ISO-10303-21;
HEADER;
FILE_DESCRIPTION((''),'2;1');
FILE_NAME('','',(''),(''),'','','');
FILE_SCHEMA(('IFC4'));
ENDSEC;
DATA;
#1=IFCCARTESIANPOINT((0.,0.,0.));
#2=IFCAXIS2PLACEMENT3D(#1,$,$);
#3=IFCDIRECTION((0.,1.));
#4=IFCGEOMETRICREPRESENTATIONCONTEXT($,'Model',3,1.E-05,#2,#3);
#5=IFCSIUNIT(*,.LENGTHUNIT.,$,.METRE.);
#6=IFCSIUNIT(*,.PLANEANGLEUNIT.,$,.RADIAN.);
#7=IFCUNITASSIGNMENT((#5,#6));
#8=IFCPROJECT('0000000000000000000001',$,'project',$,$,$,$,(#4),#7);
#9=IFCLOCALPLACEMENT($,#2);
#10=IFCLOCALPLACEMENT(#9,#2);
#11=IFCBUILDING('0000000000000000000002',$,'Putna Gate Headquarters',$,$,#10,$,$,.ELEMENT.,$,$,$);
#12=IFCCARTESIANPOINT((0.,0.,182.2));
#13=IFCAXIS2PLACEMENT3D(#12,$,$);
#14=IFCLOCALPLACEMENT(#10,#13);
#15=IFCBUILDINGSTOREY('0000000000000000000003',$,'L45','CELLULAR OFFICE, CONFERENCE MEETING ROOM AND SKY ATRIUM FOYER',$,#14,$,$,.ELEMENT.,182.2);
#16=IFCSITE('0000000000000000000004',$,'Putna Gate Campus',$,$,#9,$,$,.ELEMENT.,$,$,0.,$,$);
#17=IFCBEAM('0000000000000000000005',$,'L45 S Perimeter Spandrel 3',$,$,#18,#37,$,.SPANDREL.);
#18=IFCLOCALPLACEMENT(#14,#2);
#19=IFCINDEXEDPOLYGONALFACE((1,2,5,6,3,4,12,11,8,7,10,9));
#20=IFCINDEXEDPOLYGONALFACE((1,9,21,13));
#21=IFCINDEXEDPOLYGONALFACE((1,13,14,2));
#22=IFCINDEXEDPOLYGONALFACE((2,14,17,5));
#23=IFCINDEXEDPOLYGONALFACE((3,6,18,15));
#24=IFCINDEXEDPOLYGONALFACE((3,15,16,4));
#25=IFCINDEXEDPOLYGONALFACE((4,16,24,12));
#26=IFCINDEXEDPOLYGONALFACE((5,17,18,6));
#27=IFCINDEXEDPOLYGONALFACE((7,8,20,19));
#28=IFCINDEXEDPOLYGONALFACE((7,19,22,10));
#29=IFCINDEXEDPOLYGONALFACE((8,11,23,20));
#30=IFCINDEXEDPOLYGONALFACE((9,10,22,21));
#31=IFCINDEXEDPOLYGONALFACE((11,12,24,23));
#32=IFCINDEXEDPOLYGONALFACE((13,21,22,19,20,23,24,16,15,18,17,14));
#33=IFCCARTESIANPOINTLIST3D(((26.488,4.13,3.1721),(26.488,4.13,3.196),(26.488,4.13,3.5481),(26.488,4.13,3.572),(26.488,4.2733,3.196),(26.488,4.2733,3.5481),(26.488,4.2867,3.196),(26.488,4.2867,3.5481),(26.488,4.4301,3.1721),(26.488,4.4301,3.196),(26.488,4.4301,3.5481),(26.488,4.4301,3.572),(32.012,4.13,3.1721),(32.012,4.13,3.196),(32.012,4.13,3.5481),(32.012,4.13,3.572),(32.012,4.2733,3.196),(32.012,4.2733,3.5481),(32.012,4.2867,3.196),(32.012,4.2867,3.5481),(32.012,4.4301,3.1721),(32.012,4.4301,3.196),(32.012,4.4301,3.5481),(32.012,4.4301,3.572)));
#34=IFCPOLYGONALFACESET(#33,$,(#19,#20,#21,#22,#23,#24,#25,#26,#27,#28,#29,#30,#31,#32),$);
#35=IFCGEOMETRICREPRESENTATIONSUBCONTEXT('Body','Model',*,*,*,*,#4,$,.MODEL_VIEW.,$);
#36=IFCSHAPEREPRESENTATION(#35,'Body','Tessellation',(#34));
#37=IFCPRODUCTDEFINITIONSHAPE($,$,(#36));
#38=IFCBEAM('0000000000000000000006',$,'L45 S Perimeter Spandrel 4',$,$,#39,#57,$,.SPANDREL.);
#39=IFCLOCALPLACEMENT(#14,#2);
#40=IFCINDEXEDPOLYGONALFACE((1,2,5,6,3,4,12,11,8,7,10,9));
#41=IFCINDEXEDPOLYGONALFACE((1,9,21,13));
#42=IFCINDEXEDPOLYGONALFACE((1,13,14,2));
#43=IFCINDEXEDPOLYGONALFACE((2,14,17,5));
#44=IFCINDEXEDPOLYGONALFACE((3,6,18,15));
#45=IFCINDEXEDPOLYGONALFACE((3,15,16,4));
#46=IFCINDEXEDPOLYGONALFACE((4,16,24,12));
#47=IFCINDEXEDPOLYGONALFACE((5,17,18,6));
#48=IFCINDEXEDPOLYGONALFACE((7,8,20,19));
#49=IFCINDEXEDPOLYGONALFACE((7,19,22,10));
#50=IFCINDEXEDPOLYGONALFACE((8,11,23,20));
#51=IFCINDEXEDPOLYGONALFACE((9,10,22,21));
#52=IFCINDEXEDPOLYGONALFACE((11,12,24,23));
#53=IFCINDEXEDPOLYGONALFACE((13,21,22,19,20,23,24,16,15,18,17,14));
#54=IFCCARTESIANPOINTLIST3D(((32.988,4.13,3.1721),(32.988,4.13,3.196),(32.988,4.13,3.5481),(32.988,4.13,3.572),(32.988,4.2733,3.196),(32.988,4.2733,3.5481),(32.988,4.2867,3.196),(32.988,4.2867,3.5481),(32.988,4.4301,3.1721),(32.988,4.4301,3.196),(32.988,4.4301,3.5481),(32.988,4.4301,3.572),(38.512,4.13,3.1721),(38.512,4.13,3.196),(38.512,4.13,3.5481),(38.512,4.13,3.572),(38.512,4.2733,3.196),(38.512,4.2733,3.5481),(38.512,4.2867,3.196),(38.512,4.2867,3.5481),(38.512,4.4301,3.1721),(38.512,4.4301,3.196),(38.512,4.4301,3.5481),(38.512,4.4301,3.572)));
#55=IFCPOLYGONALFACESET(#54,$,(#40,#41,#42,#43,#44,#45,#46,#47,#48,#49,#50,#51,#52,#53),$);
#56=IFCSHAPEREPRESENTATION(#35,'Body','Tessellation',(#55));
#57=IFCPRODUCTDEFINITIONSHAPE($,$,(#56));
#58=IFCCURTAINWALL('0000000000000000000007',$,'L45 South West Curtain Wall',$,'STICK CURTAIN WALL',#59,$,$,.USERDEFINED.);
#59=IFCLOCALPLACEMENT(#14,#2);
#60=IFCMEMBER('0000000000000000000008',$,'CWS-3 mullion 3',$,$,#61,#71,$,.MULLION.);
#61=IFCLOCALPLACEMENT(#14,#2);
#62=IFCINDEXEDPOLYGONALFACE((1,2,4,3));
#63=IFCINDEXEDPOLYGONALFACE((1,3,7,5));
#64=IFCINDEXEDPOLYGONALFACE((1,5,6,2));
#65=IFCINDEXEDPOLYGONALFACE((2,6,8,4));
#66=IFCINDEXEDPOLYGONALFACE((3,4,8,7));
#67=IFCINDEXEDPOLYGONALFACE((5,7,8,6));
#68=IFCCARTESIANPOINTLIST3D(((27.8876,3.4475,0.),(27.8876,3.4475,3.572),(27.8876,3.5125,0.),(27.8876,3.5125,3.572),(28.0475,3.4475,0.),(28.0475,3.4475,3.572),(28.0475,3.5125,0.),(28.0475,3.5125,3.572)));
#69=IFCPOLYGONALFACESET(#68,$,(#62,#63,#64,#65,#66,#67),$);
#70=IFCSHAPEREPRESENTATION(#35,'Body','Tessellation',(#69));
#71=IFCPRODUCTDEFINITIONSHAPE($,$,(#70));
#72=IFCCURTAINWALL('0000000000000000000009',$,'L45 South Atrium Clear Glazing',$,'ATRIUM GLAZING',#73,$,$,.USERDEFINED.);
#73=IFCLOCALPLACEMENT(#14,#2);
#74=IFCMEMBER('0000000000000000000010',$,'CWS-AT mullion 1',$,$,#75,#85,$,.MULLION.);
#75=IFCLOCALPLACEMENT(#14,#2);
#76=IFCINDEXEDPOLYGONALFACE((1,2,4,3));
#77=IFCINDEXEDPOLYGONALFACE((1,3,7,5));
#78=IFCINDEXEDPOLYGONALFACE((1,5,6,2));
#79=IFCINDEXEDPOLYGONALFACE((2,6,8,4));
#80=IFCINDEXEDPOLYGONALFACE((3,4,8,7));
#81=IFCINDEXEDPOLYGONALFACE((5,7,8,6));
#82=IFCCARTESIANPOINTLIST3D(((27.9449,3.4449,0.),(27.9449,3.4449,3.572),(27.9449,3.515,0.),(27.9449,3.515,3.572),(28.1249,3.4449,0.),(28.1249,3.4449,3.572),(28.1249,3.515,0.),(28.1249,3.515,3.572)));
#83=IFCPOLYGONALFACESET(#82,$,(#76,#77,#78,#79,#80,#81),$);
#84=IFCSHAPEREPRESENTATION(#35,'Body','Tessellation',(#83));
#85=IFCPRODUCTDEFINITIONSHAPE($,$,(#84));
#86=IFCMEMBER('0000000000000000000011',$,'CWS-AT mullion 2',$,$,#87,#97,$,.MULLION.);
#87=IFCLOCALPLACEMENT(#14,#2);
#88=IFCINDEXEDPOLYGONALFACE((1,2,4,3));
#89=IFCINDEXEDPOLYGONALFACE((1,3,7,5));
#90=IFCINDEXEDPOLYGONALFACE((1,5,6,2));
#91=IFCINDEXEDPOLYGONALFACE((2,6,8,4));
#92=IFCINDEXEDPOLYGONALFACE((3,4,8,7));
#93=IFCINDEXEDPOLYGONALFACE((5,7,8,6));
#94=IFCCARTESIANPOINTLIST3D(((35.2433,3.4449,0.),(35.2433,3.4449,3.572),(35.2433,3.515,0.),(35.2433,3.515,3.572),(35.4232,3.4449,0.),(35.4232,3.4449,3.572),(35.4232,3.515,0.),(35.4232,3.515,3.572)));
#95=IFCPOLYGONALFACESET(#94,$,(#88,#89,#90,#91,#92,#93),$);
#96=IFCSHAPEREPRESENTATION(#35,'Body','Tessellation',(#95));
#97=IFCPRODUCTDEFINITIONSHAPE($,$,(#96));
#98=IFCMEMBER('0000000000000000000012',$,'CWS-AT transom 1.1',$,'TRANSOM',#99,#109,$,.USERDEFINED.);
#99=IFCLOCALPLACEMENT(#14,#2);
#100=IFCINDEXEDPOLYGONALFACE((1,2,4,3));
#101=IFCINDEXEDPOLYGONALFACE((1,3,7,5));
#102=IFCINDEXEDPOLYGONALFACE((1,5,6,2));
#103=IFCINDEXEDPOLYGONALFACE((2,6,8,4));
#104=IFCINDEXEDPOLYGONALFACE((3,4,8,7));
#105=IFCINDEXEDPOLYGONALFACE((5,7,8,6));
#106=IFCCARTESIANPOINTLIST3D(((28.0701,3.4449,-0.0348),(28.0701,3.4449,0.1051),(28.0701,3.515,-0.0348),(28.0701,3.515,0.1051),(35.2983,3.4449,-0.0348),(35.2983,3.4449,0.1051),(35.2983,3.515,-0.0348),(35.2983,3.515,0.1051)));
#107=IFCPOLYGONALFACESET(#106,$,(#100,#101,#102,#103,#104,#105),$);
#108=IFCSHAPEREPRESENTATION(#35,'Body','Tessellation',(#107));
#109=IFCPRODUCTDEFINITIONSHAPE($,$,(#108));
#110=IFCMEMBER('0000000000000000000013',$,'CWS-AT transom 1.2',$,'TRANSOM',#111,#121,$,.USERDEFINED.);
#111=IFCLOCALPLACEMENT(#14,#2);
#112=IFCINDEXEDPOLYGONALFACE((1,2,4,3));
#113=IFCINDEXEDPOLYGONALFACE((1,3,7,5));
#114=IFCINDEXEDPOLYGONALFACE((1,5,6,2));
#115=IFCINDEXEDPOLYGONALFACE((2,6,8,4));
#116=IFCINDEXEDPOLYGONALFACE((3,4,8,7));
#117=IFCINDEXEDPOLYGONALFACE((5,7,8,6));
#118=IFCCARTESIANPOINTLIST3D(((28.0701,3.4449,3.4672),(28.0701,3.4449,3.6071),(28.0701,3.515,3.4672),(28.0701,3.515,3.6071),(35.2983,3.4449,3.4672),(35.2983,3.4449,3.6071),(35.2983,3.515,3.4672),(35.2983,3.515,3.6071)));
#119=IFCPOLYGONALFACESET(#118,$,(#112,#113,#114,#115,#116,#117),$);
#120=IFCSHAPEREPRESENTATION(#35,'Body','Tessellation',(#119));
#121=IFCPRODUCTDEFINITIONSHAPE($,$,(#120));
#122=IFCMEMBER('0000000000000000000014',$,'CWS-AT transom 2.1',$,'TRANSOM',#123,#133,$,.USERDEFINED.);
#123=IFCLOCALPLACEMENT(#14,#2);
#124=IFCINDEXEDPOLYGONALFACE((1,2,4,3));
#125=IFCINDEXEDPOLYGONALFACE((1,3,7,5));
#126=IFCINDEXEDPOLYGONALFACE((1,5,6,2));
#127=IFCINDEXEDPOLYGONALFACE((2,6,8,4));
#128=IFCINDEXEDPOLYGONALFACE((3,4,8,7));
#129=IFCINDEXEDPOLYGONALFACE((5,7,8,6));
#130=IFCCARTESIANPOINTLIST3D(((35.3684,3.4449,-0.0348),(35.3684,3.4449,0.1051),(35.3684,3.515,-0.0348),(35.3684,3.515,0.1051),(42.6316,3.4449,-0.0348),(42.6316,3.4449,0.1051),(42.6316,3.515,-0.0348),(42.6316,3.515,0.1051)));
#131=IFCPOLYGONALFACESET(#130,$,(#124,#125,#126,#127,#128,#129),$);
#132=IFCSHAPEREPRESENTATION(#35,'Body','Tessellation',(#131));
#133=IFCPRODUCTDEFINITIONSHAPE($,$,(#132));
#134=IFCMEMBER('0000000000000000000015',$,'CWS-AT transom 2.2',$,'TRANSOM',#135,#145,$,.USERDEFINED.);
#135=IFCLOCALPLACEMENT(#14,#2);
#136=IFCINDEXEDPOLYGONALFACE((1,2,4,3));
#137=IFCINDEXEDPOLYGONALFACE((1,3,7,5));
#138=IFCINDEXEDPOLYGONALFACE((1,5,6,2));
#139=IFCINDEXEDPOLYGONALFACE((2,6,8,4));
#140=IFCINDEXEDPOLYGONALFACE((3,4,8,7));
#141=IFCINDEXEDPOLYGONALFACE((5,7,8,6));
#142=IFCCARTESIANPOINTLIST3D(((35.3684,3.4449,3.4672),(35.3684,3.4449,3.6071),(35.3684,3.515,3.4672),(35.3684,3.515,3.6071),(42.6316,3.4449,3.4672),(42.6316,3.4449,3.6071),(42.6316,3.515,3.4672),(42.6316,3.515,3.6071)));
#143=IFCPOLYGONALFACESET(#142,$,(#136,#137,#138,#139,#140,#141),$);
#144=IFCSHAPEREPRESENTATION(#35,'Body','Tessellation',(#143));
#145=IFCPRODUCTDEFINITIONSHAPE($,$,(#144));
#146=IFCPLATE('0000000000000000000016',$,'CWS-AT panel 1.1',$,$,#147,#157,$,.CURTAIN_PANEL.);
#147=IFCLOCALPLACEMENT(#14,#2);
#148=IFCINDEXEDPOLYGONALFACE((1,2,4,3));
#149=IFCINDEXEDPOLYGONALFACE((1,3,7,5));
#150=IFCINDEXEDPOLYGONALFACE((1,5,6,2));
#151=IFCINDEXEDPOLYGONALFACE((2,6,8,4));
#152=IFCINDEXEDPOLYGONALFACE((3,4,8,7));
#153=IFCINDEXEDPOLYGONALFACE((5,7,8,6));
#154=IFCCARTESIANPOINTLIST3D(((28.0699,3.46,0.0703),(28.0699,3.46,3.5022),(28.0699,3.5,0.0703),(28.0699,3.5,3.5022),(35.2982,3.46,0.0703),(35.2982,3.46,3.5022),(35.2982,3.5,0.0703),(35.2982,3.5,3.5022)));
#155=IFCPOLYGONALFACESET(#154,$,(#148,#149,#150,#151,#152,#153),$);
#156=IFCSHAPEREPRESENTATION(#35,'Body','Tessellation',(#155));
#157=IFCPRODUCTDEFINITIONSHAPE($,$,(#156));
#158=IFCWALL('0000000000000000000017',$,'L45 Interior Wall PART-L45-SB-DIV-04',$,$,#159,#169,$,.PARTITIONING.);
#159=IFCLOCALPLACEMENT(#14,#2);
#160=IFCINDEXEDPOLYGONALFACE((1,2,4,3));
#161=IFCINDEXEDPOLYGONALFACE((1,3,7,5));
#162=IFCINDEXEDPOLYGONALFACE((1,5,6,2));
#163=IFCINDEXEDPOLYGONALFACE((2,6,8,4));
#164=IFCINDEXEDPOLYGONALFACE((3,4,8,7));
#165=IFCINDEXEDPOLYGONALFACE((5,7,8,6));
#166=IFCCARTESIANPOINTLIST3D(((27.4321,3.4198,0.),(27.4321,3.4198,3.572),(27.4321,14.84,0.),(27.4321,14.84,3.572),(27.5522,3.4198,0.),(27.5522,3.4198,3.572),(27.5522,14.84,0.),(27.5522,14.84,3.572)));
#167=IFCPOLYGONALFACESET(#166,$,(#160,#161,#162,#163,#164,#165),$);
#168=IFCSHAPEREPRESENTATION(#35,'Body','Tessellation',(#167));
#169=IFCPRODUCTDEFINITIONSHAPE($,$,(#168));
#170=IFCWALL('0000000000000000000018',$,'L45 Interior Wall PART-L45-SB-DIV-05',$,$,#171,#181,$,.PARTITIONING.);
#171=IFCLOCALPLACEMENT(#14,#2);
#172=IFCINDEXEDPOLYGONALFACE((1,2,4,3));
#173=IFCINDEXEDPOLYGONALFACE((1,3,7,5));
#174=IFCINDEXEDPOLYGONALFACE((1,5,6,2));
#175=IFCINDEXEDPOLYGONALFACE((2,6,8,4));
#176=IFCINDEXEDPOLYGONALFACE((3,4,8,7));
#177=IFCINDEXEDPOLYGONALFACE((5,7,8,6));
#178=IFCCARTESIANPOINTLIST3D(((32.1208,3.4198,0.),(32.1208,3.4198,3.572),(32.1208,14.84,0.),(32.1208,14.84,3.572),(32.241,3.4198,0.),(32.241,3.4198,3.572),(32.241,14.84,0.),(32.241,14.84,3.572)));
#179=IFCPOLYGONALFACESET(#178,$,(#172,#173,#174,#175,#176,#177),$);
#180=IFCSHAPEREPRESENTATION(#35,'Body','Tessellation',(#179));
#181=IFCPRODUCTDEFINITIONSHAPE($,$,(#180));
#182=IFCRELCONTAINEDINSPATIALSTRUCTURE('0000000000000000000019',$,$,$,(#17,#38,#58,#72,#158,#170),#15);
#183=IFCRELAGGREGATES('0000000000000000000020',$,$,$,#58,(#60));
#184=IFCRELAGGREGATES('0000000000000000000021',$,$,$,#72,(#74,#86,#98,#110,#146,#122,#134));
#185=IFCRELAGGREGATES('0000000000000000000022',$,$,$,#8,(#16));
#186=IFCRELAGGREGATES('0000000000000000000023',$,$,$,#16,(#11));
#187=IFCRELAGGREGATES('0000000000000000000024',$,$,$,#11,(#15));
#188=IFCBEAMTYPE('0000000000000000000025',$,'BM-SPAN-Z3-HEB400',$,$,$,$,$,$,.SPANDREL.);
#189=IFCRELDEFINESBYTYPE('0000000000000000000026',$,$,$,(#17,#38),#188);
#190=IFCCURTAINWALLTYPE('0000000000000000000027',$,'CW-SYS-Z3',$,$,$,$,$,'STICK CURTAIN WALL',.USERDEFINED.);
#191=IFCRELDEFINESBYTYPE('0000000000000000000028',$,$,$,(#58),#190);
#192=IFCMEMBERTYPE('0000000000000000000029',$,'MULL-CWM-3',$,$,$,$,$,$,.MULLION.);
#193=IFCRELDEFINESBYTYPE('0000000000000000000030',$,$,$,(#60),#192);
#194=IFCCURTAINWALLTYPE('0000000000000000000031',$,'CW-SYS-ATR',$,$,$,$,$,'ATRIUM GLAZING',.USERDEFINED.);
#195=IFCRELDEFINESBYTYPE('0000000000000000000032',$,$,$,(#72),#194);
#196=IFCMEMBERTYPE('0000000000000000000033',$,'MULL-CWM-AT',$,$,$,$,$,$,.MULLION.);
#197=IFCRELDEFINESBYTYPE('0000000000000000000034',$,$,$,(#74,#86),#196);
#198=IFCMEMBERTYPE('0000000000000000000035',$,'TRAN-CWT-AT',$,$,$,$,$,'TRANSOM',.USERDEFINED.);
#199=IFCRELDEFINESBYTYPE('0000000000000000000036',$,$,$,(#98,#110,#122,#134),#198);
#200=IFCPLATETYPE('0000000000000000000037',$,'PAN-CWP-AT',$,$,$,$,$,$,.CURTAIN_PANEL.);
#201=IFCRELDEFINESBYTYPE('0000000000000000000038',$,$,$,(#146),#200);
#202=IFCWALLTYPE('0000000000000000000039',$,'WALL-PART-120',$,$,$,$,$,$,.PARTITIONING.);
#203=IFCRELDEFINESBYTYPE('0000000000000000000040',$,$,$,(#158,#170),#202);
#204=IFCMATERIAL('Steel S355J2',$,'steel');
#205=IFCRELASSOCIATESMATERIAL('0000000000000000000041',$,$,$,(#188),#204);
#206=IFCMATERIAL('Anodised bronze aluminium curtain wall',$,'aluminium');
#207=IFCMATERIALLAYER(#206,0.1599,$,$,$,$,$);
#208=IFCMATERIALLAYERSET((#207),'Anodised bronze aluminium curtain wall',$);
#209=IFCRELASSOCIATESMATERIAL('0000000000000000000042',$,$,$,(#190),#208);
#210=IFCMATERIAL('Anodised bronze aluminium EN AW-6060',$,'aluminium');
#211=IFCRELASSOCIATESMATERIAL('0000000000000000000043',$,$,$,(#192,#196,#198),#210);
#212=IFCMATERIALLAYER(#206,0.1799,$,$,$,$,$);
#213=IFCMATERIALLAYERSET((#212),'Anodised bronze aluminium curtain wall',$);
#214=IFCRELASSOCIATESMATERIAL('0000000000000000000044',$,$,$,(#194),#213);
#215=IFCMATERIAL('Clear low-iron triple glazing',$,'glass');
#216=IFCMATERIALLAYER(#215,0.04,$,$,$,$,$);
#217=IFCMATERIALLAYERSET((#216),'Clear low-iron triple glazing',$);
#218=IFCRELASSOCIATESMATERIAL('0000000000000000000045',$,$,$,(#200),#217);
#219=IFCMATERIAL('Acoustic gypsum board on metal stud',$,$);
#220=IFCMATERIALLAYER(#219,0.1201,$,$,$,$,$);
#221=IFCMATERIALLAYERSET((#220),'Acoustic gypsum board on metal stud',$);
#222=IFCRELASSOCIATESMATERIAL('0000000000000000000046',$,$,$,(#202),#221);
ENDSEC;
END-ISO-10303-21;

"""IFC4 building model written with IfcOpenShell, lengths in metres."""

from ifc_helpers import new_model, si_unit, direction, frame, frame_2d, origin, origin_2d, place, context, subcontext, project, spatial, rectangle, i_section, extrude, material, layer, layer_set, material_profile, profile_set, type_object, element, aggregate, save


model = new_model("IFC4")

# Units and contexts
model_context = context("Model", 3, precision=1e-05, world=origin(), true_north=direction((0.0, 1.0)))
body_context = subcontext(model_context, "Body", "Model", "MODEL_VIEW")
ifc_project = project(units=[si_unit("LENGTHUNIT", "METRE"), si_unit("PLANEANGLEUNIT", "RADIAN")], contexts=[model_context])

# Site, building, storey
site_placement = place(None, origin())
site = spatial("IfcSite", under=ifc_project, at=site_placement, Name="Putna Gate Campus", CompositionType="ELEMENT", RefElevation=0.0)
building_placement = place(site_placement, origin())
building = spatial("IfcBuilding", under=site, at=building_placement, Name="Putna Gate Headquarters", CompositionType="ELEMENT")
storey_placement = place(building_placement, frame((0.0, 0.0, 182.2)))
storey = spatial("IfcBuildingStorey", under=building, at=storey_placement, Name="L45", Description="CELLULAR OFFICE, CONFERENCE MEETING ROOM AND SKY ATRIUM FOYER", CompositionType="ELEMENT", Elevation=182.2)

# Beams
ifc_material_1 = material(Name="Steel S355J2", Category="steel")
ifc_material_profile_1 = material_profile(ifc_material_1, i_section(OverallWidth=0.3, OverallDepth=0.3999, WebThickness=0.0134, FlangeThickness=0.0239, at=origin_2d()), Name="Steel S355J2")
ifc_profile_set_1 = profile_set([ifc_material_profile_1], Name="Steel S355J2")
beam_type_1 = type_object("IfcBeamType", Name="BM-SPAN-Z3-HEB400", PredefinedType="SPANDREL", material=ifc_profile_set_1)
for number, where, z_axis, x_axis, name in (
    (1, (26.488, 4.28, 3.3721), (1.0, 0.0, 0.0), (0.0, 1.0, 0.0), "L45 S Perimeter Spandrel 3"),
    (2, (32.988, 4.28, 3.3721), (1.0, 0.0, 0.0), (0.0, 1.0, 0.0), "L45 S Perimeter Spandrel 4"),
):
    element("IfcBeam", number, at=place(storey_placement, frame(where, z_axis=z_axis, x_axis=x_axis)), inside=storey, type_object=beam_type_1, Name=name, PredefinedType="SPANDREL", context=body_context, shape_type="SweptSolid", body=[
        extrude(i_section(OverallWidth=0.3, OverallDepth=0.3999, WebThickness=0.0134, FlangeThickness=0.0239, at=origin_2d()), origin(), (0.0, 0.0, 1.0), 5.5239),
    ])

# Curtain wall, member
ifc_material_2 = material(Name="Anodised bronze aluminium curtain wall", Category="aluminium")
ifc_layer_1 = layer(ifc_material_2, 0.1599)
ifc_layer_set_1 = layer_set([ifc_layer_1], Name="Anodised bronze aluminium curtain wall")
curtain_wall_type_1 = type_object("IfcCurtainWallType", Name="CW-SYS-Z3", ElementType="STICK CURTAIN WALL", PredefinedType="USERDEFINED", material=ifc_layer_set_1)
curtain_wall_1_placement = place(storey_placement, origin())
curtain_wall_1 = element("IfcCurtainWall", 3, at=curtain_wall_1_placement, inside=storey, type_object=curtain_wall_type_1, Name="L45 South West Curtain Wall", ObjectType="STICK CURTAIN WALL", PredefinedType="USERDEFINED")
ifc_material_3 = material(Name="Anodised bronze aluminium EN AW-6060", Category="aluminium")
ifc_material_profile_2 = material_profile(ifc_material_3, rectangle(XDim=0.0649, YDim=0.1599, at=origin_2d()), Name="Anodised bronze aluminium EN AW-6060")
ifc_profile_set_2 = profile_set([ifc_material_profile_2], Name="Anodised bronze aluminium EN AW-6060")
member_type_1 = type_object("IfcMemberType", Name="MULL-CWM-3", PredefinedType="MULLION", material=ifc_profile_set_2)
member_1_placement = place(storey_placement, frame((27.9675, 3.48, 0.0), z_axis=(0.0, 0.0, 1.0), x_axis=(0.0, 1.0, 0.0)))
member_1 = element("IfcMember", 4, at=member_1_placement, type_object=member_type_1, Name="CWS-3 mullion 3", PredefinedType="MULLION", context=body_context, shape_type="SweptSolid", body=[
    extrude(rectangle(XDim=0.0649, YDim=0.1599, at=origin_2d()), origin(), (0.0, 0.0, 1.0), 3.572),
])
aggregate(curtain_wall_1, [member_1])

# Curtain wall, members, plate
ifc_layer_2 = layer(ifc_material_2, 0.1799)
ifc_layer_set_2 = layer_set([ifc_layer_2], Name="Anodised bronze aluminium curtain wall")
curtain_wall_type_2 = type_object("IfcCurtainWallType", Name="CW-SYS-ATR", ElementType="ATRIUM GLAZING", PredefinedType="USERDEFINED", material=ifc_layer_set_2)
curtain_wall_2_placement = place(storey_placement, origin())
curtain_wall_2 = element("IfcCurtainWall", 5, at=curtain_wall_2_placement, inside=storey, type_object=curtain_wall_type_2, Name="L45 South Atrium Clear Glazing", ObjectType="ATRIUM GLAZING", PredefinedType="USERDEFINED")
ifc_material_profile_3 = material_profile(ifc_material_3, rectangle(XDim=0.0701, YDim=0.1799, at=origin_2d()), Name="Anodised bronze aluminium EN AW-6060")
ifc_profile_set_3 = profile_set([ifc_material_profile_3], Name="Anodised bronze aluminium EN AW-6060")
member_type_2 = type_object("IfcMemberType", Name="MULL-CWM-AT", PredefinedType="MULLION", material=ifc_profile_set_3)
member_2_placement = place(storey_placement, frame((28.0349, 3.48, 0.0), z_axis=(0.0, 0.0, 1.0), x_axis=(0.0, 1.0, 0.0)))
member_2 = element("IfcMember", 6, at=member_2_placement, type_object=member_type_2, Name="CWS-AT mullion 1", PredefinedType="MULLION", context=body_context, shape_type="SweptSolid", body=[
    extrude(rectangle(XDim=0.0701, YDim=0.1799, at=origin_2d()), origin(), (0.0, 0.0, 1.0), 3.572),
])
member_3_placement = place(storey_placement, frame((35.3333, 3.48, 0.0), z_axis=(0.0, 0.0, 1.0), x_axis=(0.0, 1.0, 0.0)))
member_3 = element("IfcMember", 7, at=member_3_placement, type_object=member_type_2, Name="CWS-AT mullion 2", PredefinedType="MULLION", context=body_context, shape_type="SweptSolid", body=[
    extrude(rectangle(XDim=0.0701, YDim=0.1799, at=origin_2d()), origin(), (0.0, 0.0, 1.0), 3.572),
])
ifc_material_profile_4 = material_profile(ifc_material_3, rectangle(XDim=0.0701, YDim=0.1399, at=origin_2d()), Name="Anodised bronze aluminium EN AW-6060")
ifc_profile_set_4 = profile_set([ifc_material_profile_4], Name="Anodised bronze aluminium EN AW-6060")
member_type_3 = type_object("IfcMemberType", Name="TRAN-CWT-AT", ElementType="TRANSOM", PredefinedType="USERDEFINED", material=ifc_profile_set_4)
member_4_placement = place(storey_placement, frame((28.0701, 3.48, 0.0352), z_axis=(1.0, 0.0, 0.0), x_axis=(0.0, 1.0, 0.0)))
member_4 = element("IfcMember", 8, at=member_4_placement, type_object=member_type_3, Name="CWS-AT transom 1.1", ObjectType="TRANSOM", PredefinedType="USERDEFINED", context=body_context, shape_type="SweptSolid", body=[
    extrude(rectangle(XDim=0.0701, YDim=0.1399, at=origin_2d()), origin(), (0.0, 0.0, 1.0), 7.2283),
])
member_5_placement = place(storey_placement, frame((28.0701, 3.48, 3.5371), z_axis=(1.0, 0.0, 0.0), x_axis=(0.0, 1.0, 0.0)))
member_5 = element("IfcMember", 9, at=member_5_placement, type_object=member_type_3, Name="CWS-AT transom 1.2", ObjectType="TRANSOM", PredefinedType="USERDEFINED", context=body_context, shape_type="SweptSolid", body=[
    extrude(rectangle(XDim=0.0701, YDim=0.1399, at=origin_2d()), origin(), (0.0, 0.0, 1.0), 7.2283),
])
member_6_placement = place(storey_placement, frame((35.3684, 3.48, 0.0352), z_axis=(1.0, 0.0, 0.0), x_axis=(0.0, 1.0, 0.0)))
member_6 = element("IfcMember", 10, at=member_6_placement, type_object=member_type_3, Name="CWS-AT transom 2.1", ObjectType="TRANSOM", PredefinedType="USERDEFINED", context=body_context, shape_type="SweptSolid", body=[
    extrude(rectangle(XDim=0.0701, YDim=0.1399, at=origin_2d()), origin(), (0.0, 0.0, 1.0), 7.2632),
])
member_7_placement = place(storey_placement, frame((35.3684, 3.48, 3.5371), z_axis=(1.0, 0.0, 0.0), x_axis=(0.0, 1.0, 0.0)))
member_7 = element("IfcMember", 11, at=member_7_placement, type_object=member_type_3, Name="CWS-AT transom 2.2", ObjectType="TRANSOM", PredefinedType="USERDEFINED", context=body_context, shape_type="SweptSolid", body=[
    extrude(rectangle(XDim=0.0701, YDim=0.1399, at=origin_2d()), origin(), (0.0, 0.0, 1.0), 7.2632),
])
ifc_material_4 = material(Name="Clear low-iron triple glazing", Category="glass")
ifc_layer_3 = layer(ifc_material_4, 0.04)
ifc_layer_set_3 = layer_set([ifc_layer_3], Name="Clear low-iron triple glazing")
plate_type = type_object("IfcPlateType", Name="PAN-CWP-AT", PredefinedType="CURTAIN_PANEL", material=ifc_layer_set_3)
plate_placement = place(storey_placement, frame((31.6841, 3.48, 0.0703), z_axis=(0.0, 0.0, 1.0), x_axis=(1.0, 0.0, 0.0)))
plate = element("IfcPlate", 12, at=plate_placement, type_object=plate_type, Name="CWS-AT panel 1.1", PredefinedType="CURTAIN_PANEL", context=body_context, shape_type="SweptSolid", body=[
    extrude(rectangle(XDim=7.2283, YDim=0.04, at=origin_2d()), origin(), (0.0, 0.0, 1.0), 3.4319),
])
aggregate(curtain_wall_2, [member_2, member_3, member_4, member_5, plate, member_6, member_7])

# Walls
ifc_material_5 = material(Name="Acoustic gypsum board on metal stud")
ifc_layer_4 = layer(ifc_material_5, 0.1201)
ifc_layer_set_4 = layer_set([ifc_layer_4], Name="Acoustic gypsum board on metal stud")
wall_type_1 = type_object("IfcWallType", Name="WALL-PART-120", PredefinedType="PARTITIONING", material=ifc_layer_set_4)
for number, where, z_axis, x_axis, name in (
    (13, (27.4922, 3.4199, 0.0), (0.0, 0.0, 1.0), (0.0, 1.0, 0.0), "L45 Interior Wall PART-L45-SB-DIV-04"),
    (14, (32.1809, 3.4199, 0.0), (0.0, 0.0, 1.0), (0.0, 1.0, 0.0), "L45 Interior Wall PART-L45-SB-DIV-05"),
):
    element("IfcWall", number, at=place(storey_placement, frame(where, z_axis=z_axis, x_axis=x_axis)), inside=storey, type_object=wall_type_1, Name=name, PredefinedType="PARTITIONING", context=body_context, shape_type="SweptSolid", body=[
        extrude(rectangle(XDim=11.4202, YDim=0.1201, at=frame_2d((5.71, 0.0))), origin(), (0.0, 0.0, 1.0), 3.572),
    ])

save(model, "model.ifc")
